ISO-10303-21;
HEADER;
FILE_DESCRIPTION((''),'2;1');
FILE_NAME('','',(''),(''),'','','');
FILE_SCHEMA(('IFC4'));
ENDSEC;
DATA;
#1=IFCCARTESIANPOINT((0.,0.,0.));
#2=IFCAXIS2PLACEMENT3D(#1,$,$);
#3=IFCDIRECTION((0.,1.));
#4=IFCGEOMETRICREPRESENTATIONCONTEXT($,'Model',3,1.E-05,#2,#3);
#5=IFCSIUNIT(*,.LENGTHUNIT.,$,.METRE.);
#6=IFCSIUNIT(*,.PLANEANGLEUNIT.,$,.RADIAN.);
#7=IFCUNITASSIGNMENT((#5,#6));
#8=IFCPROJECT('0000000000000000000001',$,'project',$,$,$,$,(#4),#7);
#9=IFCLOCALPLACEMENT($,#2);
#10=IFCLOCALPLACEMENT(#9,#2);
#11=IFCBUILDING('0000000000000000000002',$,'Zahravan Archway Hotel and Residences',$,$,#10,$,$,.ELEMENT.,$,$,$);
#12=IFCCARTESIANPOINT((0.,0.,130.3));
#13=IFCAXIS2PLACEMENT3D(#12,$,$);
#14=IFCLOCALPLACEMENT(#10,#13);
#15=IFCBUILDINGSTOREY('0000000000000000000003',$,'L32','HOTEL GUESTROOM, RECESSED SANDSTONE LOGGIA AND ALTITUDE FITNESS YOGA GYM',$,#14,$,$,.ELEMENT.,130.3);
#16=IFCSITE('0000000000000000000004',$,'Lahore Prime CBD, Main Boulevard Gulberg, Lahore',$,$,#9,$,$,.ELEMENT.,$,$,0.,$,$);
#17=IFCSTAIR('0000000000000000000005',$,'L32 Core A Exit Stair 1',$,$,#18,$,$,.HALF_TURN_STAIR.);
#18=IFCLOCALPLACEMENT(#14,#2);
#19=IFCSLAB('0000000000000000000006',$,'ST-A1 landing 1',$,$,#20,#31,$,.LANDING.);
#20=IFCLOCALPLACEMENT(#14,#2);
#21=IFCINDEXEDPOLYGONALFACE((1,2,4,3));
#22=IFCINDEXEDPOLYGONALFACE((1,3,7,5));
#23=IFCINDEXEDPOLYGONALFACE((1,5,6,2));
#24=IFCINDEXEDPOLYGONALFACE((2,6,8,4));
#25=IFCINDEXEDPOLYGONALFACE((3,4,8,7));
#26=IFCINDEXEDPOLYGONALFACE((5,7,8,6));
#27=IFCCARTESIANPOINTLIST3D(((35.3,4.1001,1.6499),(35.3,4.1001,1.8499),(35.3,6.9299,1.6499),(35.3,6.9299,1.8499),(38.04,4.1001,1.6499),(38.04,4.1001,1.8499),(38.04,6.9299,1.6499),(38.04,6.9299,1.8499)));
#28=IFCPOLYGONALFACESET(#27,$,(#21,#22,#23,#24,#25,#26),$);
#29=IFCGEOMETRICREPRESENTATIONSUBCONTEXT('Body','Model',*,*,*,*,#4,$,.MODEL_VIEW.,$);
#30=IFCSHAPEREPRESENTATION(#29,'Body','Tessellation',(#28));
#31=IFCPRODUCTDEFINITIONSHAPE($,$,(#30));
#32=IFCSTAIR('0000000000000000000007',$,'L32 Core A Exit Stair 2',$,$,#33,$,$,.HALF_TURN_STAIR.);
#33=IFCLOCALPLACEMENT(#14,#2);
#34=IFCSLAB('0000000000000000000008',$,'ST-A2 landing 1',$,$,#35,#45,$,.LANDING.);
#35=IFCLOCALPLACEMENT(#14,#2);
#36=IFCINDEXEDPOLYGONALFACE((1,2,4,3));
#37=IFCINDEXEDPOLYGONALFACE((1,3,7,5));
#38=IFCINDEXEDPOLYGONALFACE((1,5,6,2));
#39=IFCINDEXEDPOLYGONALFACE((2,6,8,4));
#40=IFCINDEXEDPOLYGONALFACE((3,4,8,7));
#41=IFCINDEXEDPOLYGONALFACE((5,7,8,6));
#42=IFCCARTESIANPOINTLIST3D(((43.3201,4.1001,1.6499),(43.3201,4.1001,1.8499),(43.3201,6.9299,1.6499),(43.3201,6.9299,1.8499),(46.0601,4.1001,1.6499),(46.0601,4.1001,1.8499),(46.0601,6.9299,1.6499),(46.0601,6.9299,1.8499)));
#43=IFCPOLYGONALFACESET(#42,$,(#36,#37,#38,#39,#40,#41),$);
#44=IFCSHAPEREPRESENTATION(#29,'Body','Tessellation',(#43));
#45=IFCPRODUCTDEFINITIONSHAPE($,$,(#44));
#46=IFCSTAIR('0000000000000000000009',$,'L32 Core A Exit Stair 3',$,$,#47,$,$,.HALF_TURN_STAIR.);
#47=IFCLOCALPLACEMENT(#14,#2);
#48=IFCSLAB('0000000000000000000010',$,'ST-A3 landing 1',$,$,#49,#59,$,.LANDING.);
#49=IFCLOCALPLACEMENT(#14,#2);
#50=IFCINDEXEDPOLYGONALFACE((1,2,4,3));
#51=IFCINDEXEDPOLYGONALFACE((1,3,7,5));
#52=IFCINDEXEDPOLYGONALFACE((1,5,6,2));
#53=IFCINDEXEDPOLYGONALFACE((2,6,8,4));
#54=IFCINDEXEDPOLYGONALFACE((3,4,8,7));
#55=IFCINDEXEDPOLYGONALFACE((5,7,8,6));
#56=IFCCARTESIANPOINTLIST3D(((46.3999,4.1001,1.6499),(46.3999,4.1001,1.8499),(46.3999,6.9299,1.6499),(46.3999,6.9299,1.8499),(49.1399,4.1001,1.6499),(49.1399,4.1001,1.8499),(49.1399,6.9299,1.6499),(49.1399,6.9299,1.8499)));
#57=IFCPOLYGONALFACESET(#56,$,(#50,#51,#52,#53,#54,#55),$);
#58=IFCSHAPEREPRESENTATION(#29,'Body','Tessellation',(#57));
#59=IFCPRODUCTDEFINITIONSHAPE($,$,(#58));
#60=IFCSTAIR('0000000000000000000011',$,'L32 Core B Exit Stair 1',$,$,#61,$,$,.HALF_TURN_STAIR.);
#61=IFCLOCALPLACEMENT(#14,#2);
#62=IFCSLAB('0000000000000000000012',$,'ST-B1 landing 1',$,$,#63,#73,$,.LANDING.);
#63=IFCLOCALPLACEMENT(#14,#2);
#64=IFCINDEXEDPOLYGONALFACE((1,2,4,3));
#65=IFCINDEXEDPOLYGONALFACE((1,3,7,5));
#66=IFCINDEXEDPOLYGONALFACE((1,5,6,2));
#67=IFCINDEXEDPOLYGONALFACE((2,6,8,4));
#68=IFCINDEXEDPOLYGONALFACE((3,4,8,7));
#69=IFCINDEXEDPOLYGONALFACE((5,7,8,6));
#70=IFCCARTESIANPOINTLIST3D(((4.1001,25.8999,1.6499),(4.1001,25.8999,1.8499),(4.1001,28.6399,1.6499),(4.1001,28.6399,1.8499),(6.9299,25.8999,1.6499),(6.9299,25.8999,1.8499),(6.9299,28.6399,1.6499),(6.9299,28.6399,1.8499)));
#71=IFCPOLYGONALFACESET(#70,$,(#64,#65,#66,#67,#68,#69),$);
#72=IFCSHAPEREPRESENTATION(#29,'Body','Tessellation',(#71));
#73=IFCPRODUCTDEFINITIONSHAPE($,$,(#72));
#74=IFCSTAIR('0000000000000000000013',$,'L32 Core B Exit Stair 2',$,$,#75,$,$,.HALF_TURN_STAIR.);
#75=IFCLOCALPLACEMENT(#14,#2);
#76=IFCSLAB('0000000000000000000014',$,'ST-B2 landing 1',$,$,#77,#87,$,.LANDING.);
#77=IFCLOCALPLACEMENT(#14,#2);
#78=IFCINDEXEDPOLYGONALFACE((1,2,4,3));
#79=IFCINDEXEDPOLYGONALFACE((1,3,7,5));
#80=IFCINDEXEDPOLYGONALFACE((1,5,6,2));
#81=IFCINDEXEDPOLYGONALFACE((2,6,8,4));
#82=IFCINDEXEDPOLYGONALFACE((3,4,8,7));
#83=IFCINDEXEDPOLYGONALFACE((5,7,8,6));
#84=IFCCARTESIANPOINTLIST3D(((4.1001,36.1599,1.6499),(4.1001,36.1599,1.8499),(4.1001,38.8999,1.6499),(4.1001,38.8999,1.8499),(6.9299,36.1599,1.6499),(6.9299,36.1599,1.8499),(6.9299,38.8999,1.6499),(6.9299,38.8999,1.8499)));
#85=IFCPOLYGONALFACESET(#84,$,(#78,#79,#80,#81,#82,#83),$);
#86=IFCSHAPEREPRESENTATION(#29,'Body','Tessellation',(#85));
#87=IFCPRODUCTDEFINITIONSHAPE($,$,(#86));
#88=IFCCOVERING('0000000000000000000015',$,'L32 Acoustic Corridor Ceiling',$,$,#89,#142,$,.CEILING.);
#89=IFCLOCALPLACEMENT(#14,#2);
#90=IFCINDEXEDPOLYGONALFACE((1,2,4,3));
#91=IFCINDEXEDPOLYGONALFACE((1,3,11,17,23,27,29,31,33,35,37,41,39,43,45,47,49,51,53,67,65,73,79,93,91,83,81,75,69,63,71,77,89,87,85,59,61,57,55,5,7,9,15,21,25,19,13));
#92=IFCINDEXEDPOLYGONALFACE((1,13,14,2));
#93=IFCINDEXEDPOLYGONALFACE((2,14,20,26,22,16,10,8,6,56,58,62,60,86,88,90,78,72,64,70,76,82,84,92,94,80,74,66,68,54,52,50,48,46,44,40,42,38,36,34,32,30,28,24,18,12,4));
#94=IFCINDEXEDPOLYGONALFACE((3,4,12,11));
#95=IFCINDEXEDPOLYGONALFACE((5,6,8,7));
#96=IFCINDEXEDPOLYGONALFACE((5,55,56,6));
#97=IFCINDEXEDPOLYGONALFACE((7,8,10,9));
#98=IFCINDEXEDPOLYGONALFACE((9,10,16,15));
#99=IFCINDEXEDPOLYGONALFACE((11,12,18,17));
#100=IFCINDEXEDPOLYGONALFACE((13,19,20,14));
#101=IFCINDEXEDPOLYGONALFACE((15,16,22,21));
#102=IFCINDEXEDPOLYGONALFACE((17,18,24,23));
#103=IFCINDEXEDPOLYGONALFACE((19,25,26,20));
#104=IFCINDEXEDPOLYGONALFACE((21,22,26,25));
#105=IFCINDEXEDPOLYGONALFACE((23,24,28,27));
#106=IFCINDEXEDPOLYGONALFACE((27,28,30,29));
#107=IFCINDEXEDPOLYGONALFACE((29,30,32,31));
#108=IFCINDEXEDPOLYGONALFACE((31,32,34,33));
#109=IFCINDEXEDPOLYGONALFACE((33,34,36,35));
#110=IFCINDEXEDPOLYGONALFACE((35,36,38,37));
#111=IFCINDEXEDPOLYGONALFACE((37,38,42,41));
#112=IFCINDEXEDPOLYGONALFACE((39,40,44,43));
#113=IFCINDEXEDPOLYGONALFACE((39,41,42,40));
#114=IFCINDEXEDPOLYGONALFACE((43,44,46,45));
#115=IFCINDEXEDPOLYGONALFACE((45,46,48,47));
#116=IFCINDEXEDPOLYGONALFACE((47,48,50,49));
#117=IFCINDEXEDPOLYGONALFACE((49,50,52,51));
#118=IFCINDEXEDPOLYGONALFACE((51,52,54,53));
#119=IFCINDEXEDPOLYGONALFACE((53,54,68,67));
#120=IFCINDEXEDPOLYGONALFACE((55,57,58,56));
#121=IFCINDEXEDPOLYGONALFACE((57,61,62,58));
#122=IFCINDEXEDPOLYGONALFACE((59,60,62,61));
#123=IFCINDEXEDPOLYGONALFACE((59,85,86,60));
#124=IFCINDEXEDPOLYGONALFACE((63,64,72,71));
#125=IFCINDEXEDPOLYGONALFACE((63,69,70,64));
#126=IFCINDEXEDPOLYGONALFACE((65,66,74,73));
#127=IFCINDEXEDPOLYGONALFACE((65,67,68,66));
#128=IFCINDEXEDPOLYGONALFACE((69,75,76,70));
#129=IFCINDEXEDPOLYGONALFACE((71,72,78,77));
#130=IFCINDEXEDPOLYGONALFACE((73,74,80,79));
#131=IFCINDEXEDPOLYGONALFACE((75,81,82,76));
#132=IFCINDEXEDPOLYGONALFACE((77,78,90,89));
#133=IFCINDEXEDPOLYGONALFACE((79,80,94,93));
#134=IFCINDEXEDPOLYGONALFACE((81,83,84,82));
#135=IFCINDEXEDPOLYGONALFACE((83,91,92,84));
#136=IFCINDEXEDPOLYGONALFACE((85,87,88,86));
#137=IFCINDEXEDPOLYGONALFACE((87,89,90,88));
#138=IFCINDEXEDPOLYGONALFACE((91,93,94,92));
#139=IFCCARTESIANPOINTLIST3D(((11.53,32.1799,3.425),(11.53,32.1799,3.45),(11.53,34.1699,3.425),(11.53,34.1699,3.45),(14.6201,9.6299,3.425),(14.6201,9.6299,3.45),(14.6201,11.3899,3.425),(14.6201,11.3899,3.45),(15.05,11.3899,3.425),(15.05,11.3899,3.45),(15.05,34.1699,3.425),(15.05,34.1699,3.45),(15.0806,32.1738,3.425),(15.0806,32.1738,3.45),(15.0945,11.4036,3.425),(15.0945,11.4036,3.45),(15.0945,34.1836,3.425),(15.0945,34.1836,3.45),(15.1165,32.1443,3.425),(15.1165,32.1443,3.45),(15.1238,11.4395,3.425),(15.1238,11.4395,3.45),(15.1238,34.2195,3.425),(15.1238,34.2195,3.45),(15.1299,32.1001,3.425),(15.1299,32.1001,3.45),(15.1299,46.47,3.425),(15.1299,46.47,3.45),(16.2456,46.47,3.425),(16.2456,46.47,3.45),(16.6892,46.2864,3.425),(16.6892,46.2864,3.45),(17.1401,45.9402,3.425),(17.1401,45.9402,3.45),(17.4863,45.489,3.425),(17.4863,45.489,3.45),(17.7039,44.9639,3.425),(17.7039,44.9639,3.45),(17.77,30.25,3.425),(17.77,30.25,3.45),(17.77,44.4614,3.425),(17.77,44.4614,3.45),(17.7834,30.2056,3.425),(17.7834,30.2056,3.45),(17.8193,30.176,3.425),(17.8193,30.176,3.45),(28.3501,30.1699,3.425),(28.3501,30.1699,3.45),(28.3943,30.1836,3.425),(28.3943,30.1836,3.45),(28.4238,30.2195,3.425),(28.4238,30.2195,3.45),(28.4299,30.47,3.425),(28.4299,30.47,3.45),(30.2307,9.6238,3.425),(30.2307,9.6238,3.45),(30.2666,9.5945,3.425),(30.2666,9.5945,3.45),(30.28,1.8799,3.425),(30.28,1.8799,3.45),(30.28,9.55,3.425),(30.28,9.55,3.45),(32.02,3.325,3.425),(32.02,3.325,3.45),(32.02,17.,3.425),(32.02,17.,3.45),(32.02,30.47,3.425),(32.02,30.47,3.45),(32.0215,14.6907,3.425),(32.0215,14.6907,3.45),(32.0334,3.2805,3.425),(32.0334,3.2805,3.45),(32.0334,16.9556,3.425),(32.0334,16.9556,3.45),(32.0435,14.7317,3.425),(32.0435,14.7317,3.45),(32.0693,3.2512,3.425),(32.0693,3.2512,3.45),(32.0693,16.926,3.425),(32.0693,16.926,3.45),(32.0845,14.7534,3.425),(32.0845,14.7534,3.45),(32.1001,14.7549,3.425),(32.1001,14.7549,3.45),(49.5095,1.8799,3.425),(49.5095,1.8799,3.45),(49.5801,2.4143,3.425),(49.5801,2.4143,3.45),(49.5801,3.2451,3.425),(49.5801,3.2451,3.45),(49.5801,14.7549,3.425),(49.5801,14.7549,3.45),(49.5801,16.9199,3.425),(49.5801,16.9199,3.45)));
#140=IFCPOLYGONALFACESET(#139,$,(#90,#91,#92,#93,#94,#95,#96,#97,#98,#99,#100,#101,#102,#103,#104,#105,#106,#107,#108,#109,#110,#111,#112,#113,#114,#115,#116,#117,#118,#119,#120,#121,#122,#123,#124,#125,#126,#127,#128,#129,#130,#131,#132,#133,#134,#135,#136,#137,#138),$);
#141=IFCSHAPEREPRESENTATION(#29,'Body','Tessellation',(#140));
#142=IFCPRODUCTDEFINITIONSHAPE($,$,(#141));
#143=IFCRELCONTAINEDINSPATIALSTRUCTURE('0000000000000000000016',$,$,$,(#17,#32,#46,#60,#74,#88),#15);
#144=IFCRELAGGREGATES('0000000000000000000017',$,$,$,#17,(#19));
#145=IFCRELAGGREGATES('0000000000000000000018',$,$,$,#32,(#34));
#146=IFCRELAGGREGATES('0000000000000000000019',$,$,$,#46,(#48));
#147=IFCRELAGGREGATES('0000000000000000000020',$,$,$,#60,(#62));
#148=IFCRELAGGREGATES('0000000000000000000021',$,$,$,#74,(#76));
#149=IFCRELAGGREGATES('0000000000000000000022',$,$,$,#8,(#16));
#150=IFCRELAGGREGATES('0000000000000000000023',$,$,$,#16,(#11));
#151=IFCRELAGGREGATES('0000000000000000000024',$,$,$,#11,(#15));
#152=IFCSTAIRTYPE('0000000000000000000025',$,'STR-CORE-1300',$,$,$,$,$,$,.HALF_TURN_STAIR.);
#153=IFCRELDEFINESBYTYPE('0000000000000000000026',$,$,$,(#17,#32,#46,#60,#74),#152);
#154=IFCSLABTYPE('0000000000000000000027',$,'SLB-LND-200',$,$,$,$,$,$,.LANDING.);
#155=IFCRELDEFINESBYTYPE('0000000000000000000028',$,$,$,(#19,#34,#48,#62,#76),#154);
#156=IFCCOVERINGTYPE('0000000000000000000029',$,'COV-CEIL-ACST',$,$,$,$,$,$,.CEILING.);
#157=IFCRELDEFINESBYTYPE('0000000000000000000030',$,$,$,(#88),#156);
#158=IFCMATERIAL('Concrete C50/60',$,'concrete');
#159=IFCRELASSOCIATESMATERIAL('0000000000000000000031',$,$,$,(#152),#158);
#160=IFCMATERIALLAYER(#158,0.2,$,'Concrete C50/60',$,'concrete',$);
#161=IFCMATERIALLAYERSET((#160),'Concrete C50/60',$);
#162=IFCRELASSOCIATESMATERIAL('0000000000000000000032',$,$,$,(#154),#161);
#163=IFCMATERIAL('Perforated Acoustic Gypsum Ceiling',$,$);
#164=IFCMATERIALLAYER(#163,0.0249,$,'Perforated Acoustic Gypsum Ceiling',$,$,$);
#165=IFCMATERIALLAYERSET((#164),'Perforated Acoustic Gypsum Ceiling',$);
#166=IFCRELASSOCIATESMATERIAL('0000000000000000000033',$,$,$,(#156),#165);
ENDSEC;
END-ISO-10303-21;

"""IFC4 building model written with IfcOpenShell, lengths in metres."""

from ifc_helpers import new_model, si_unit, direction, frame, origin, place, context, subcontext, project, spatial, polyline, outline, extrude, material, layer, layer_set, type_object, element, aggregate, save


model = new_model("IFC4")

# Units and contexts
model_context = context("Model", 3, precision=1e-05, world=origin(), true_north=direction((0.0, 1.0)))
body_context = subcontext(model_context, "Body", "Model", "MODEL_VIEW")
ifc_project = project(units=[si_unit("LENGTHUNIT", "METRE"), si_unit("PLANEANGLEUNIT", "RADIAN")], contexts=[model_context])

# Site, building, storey
site_placement = place(None, origin())
site = spatial("IfcSite", under=ifc_project, at=site_placement, Name="Lahore Prime CBD, Main Boulevard Gulberg, Lahore", CompositionType="ELEMENT", RefElevation=0.0)
building_placement = place(site_placement, origin())
building = spatial("IfcBuilding", under=site, at=building_placement, Name="Zahravan Archway Hotel and Residences", CompositionType="ELEMENT")
storey_placement = place(building_placement, frame((0.0, 0.0, 130.3)))
storey = spatial("IfcBuildingStorey", under=building, at=storey_placement, Name="L32", Description="HOTEL GUESTROOM, RECESSED SANDSTONE LOGGIA AND ALTITUDE FITNESS YOGA GYM", CompositionType="ELEMENT", Elevation=130.3)

# Stairs, slabs
ifc_material_1 = material(Name="Concrete C50/60", Category="concrete")
stair_type = type_object("IfcStairType", Name="STR-CORE-1300", PredefinedType="HALF_TURN_STAIR", material=ifc_material_1)
stair_1_placement = place(storey_placement, origin())
stair_1 = element("IfcStair", 1, at=stair_1_placement, inside=storey, type_object=stair_type, Name="L32 Core A Exit Stair 1", PredefinedType="HALF_TURN_STAIR")
ifc_layer_1 = layer(ifc_material_1, 0.2, Name="Concrete C50/60", Category="concrete")
ifc_layer_set_1 = layer_set([ifc_layer_1], Name="Concrete C50/60")
slab_type_1 = type_object("IfcSlabType", Name="SLB-LND-200", PredefinedType="LANDING", material=ifc_layer_set_1)
slab_1_placement = place(storey_placement, frame((0.0, 0.0, 1.6499)))
slab_1 = element("IfcSlab", 2, at=slab_1_placement, type_object=slab_type_1, Name="ST-A1 landing 1", PredefinedType="LANDING", context=body_context, shape_type="SweptSolid", body=[
    extrude(outline(polyline([(35.3, 6.9299), (35.3, 4.1001), (38.04, 4.1001), (38.04, 6.9299), (35.3, 6.9299)])), origin(), (0.0, 0.0, 1.0), 0.2),
])
aggregate(stair_1, [slab_1])
stair_2_placement = place(storey_placement, origin())
stair_2 = element("IfcStair", 3, at=stair_2_placement, inside=storey, type_object=stair_type, Name="L32 Core A Exit Stair 2", PredefinedType="HALF_TURN_STAIR")
slab_2_placement = place(storey_placement, frame((0.0, 0.0, 1.6499)))
slab_2 = element("IfcSlab", 4, at=slab_2_placement, type_object=slab_type_1, Name="ST-A2 landing 1", PredefinedType="LANDING", context=body_context, shape_type="SweptSolid", body=[
    extrude(outline(polyline([(43.3201, 6.9299), (43.3201, 4.1001), (46.0601, 4.1001), (46.0601, 6.9299), (43.3201, 6.9299)])), origin(), (0.0, 0.0, 1.0), 0.2),
])
aggregate(stair_2, [slab_2])
stair_3_placement = place(storey_placement, origin())
stair_3 = element("IfcStair", 5, at=stair_3_placement, inside=storey, type_object=stair_type, Name="L32 Core A Exit Stair 3", PredefinedType="HALF_TURN_STAIR")
slab_3_placement = place(storey_placement, frame((0.0, 0.0, 1.6499)))
slab_3 = element("IfcSlab", 6, at=slab_3_placement, type_object=slab_type_1, Name="ST-A3 landing 1", PredefinedType="LANDING", context=body_context, shape_type="SweptSolid", body=[
    extrude(outline(polyline([(46.3999, 6.9299), (46.3999, 4.1001), (49.1399, 4.1001), (49.1399, 6.9299), (46.3999, 6.9299)])), origin(), (0.0, 0.0, 1.0), 0.2),
])
aggregate(stair_3, [slab_3])
stair_4_placement = place(storey_placement, origin())
stair_4 = element("IfcStair", 7, at=stair_4_placement, inside=storey, type_object=stair_type, Name="L32 Core B Exit Stair 1", PredefinedType="HALF_TURN_STAIR")
slab_4_placement = place(storey_placement, frame((0.0, 0.0, 1.6499)))
slab_4 = element("IfcSlab", 8, at=slab_4_placement, type_object=slab_type_1, Name="ST-B1 landing 1", PredefinedType="LANDING", context=body_context, shape_type="SweptSolid", body=[
    extrude(outline(polyline([(6.9299, 28.6399), (4.1001, 28.6399), (4.1001, 25.8999), (6.9299, 25.8999), (6.9299, 28.6399)])), origin(), (0.0, 0.0, 1.0), 0.2),
])
aggregate(stair_4, [slab_4])
stair_5_placement = place(storey_placement, origin())
stair_5 = element("IfcStair", 9, at=stair_5_placement, inside=storey, type_object=stair_type, Name="L32 Core B Exit Stair 2", PredefinedType="HALF_TURN_STAIR")
slab_5_placement = place(storey_placement, frame((0.0, 0.0, 1.6499)))
slab_5 = element("IfcSlab", 10, at=slab_5_placement, type_object=slab_type_1, Name="ST-B2 landing 1", PredefinedType="LANDING", context=body_context, shape_type="SweptSolid", body=[
    extrude(outline(polyline([(6.9299, 38.8999), (4.1001, 38.8999), (4.1001, 36.1599), (6.9299, 36.1599), (6.9299, 38.8999)])), origin(), (0.0, 0.0, 1.0), 0.2),
])
aggregate(stair_5, [slab_5])

# Covering
ifc_material_2 = material(Name="Perforated Acoustic Gypsum Ceiling")
ifc_layer_2 = layer(ifc_material_2, 0.0249, Name="Perforated Acoustic Gypsum Ceiling")
ifc_layer_set_2 = layer_set([ifc_layer_2], Name="Perforated Acoustic Gypsum Ceiling")
covering_type_1 = type_object("IfcCoveringType", Name="COV-CEIL-ACST", PredefinedType="CEILING", material=ifc_layer_set_2)
covering_1_placement = place(storey_placement, frame((0.0, 0.0, 3.425)))
element("IfcCovering", 11, at=covering_1_placement, inside=storey, type_object=covering_type_1, Name="L32 Acoustic Corridor Ceiling", PredefinedType="CEILING", context=body_context, shape_type="SweptSolid", body=[
    extrude(outline(polyline([(32.0845, 14.7534), (32.0435, 14.7317), (32.0215, 14.6907), (32.02, 3.325), (32.0334, 3.2805), (32.0693, 3.2512), (49.5801, 3.2451), (49.5801, 2.4143), (49.5095, 1.8799), (30.28, 1.8799), (30.28, 9.55), (30.2666, 9.5945), (30.2307, 9.6238), (14.6201, 9.6299), (14.6201, 11.3899), (15.05, 11.3899), (15.0945, 11.4036), (15.1238, 11.4395), (15.1299, 32.1001), (15.1165, 32.1443), (15.0806, 32.1738), (11.53, 32.1799), (11.53, 34.1699), (15.05, 34.1699), (15.0945, 34.1836), (15.1238, 34.2195), (15.1299, 46.47), (16.2456, 46.47), (16.6892, 46.2864), (17.1401, 45.9402), (17.4863, 45.489), (17.7039, 44.9639), (17.77, 44.4614), (17.77, 30.25), (17.7834, 30.2056), (17.8193, 30.176), (28.3501, 30.1699), (28.3943, 30.1836), (28.4238, 30.2195), (28.4299, 30.47), (32.02, 30.47), (32.02, 17.0), (32.0334, 16.9556), (32.0693, 16.926), (49.5801, 16.9199), (49.5801, 14.7549), (32.1001, 14.7549), (32.0845, 14.7534)])), origin(), (0.0, 0.0, 1.0), 0.0249),
])

save(model, "model.ifc")
